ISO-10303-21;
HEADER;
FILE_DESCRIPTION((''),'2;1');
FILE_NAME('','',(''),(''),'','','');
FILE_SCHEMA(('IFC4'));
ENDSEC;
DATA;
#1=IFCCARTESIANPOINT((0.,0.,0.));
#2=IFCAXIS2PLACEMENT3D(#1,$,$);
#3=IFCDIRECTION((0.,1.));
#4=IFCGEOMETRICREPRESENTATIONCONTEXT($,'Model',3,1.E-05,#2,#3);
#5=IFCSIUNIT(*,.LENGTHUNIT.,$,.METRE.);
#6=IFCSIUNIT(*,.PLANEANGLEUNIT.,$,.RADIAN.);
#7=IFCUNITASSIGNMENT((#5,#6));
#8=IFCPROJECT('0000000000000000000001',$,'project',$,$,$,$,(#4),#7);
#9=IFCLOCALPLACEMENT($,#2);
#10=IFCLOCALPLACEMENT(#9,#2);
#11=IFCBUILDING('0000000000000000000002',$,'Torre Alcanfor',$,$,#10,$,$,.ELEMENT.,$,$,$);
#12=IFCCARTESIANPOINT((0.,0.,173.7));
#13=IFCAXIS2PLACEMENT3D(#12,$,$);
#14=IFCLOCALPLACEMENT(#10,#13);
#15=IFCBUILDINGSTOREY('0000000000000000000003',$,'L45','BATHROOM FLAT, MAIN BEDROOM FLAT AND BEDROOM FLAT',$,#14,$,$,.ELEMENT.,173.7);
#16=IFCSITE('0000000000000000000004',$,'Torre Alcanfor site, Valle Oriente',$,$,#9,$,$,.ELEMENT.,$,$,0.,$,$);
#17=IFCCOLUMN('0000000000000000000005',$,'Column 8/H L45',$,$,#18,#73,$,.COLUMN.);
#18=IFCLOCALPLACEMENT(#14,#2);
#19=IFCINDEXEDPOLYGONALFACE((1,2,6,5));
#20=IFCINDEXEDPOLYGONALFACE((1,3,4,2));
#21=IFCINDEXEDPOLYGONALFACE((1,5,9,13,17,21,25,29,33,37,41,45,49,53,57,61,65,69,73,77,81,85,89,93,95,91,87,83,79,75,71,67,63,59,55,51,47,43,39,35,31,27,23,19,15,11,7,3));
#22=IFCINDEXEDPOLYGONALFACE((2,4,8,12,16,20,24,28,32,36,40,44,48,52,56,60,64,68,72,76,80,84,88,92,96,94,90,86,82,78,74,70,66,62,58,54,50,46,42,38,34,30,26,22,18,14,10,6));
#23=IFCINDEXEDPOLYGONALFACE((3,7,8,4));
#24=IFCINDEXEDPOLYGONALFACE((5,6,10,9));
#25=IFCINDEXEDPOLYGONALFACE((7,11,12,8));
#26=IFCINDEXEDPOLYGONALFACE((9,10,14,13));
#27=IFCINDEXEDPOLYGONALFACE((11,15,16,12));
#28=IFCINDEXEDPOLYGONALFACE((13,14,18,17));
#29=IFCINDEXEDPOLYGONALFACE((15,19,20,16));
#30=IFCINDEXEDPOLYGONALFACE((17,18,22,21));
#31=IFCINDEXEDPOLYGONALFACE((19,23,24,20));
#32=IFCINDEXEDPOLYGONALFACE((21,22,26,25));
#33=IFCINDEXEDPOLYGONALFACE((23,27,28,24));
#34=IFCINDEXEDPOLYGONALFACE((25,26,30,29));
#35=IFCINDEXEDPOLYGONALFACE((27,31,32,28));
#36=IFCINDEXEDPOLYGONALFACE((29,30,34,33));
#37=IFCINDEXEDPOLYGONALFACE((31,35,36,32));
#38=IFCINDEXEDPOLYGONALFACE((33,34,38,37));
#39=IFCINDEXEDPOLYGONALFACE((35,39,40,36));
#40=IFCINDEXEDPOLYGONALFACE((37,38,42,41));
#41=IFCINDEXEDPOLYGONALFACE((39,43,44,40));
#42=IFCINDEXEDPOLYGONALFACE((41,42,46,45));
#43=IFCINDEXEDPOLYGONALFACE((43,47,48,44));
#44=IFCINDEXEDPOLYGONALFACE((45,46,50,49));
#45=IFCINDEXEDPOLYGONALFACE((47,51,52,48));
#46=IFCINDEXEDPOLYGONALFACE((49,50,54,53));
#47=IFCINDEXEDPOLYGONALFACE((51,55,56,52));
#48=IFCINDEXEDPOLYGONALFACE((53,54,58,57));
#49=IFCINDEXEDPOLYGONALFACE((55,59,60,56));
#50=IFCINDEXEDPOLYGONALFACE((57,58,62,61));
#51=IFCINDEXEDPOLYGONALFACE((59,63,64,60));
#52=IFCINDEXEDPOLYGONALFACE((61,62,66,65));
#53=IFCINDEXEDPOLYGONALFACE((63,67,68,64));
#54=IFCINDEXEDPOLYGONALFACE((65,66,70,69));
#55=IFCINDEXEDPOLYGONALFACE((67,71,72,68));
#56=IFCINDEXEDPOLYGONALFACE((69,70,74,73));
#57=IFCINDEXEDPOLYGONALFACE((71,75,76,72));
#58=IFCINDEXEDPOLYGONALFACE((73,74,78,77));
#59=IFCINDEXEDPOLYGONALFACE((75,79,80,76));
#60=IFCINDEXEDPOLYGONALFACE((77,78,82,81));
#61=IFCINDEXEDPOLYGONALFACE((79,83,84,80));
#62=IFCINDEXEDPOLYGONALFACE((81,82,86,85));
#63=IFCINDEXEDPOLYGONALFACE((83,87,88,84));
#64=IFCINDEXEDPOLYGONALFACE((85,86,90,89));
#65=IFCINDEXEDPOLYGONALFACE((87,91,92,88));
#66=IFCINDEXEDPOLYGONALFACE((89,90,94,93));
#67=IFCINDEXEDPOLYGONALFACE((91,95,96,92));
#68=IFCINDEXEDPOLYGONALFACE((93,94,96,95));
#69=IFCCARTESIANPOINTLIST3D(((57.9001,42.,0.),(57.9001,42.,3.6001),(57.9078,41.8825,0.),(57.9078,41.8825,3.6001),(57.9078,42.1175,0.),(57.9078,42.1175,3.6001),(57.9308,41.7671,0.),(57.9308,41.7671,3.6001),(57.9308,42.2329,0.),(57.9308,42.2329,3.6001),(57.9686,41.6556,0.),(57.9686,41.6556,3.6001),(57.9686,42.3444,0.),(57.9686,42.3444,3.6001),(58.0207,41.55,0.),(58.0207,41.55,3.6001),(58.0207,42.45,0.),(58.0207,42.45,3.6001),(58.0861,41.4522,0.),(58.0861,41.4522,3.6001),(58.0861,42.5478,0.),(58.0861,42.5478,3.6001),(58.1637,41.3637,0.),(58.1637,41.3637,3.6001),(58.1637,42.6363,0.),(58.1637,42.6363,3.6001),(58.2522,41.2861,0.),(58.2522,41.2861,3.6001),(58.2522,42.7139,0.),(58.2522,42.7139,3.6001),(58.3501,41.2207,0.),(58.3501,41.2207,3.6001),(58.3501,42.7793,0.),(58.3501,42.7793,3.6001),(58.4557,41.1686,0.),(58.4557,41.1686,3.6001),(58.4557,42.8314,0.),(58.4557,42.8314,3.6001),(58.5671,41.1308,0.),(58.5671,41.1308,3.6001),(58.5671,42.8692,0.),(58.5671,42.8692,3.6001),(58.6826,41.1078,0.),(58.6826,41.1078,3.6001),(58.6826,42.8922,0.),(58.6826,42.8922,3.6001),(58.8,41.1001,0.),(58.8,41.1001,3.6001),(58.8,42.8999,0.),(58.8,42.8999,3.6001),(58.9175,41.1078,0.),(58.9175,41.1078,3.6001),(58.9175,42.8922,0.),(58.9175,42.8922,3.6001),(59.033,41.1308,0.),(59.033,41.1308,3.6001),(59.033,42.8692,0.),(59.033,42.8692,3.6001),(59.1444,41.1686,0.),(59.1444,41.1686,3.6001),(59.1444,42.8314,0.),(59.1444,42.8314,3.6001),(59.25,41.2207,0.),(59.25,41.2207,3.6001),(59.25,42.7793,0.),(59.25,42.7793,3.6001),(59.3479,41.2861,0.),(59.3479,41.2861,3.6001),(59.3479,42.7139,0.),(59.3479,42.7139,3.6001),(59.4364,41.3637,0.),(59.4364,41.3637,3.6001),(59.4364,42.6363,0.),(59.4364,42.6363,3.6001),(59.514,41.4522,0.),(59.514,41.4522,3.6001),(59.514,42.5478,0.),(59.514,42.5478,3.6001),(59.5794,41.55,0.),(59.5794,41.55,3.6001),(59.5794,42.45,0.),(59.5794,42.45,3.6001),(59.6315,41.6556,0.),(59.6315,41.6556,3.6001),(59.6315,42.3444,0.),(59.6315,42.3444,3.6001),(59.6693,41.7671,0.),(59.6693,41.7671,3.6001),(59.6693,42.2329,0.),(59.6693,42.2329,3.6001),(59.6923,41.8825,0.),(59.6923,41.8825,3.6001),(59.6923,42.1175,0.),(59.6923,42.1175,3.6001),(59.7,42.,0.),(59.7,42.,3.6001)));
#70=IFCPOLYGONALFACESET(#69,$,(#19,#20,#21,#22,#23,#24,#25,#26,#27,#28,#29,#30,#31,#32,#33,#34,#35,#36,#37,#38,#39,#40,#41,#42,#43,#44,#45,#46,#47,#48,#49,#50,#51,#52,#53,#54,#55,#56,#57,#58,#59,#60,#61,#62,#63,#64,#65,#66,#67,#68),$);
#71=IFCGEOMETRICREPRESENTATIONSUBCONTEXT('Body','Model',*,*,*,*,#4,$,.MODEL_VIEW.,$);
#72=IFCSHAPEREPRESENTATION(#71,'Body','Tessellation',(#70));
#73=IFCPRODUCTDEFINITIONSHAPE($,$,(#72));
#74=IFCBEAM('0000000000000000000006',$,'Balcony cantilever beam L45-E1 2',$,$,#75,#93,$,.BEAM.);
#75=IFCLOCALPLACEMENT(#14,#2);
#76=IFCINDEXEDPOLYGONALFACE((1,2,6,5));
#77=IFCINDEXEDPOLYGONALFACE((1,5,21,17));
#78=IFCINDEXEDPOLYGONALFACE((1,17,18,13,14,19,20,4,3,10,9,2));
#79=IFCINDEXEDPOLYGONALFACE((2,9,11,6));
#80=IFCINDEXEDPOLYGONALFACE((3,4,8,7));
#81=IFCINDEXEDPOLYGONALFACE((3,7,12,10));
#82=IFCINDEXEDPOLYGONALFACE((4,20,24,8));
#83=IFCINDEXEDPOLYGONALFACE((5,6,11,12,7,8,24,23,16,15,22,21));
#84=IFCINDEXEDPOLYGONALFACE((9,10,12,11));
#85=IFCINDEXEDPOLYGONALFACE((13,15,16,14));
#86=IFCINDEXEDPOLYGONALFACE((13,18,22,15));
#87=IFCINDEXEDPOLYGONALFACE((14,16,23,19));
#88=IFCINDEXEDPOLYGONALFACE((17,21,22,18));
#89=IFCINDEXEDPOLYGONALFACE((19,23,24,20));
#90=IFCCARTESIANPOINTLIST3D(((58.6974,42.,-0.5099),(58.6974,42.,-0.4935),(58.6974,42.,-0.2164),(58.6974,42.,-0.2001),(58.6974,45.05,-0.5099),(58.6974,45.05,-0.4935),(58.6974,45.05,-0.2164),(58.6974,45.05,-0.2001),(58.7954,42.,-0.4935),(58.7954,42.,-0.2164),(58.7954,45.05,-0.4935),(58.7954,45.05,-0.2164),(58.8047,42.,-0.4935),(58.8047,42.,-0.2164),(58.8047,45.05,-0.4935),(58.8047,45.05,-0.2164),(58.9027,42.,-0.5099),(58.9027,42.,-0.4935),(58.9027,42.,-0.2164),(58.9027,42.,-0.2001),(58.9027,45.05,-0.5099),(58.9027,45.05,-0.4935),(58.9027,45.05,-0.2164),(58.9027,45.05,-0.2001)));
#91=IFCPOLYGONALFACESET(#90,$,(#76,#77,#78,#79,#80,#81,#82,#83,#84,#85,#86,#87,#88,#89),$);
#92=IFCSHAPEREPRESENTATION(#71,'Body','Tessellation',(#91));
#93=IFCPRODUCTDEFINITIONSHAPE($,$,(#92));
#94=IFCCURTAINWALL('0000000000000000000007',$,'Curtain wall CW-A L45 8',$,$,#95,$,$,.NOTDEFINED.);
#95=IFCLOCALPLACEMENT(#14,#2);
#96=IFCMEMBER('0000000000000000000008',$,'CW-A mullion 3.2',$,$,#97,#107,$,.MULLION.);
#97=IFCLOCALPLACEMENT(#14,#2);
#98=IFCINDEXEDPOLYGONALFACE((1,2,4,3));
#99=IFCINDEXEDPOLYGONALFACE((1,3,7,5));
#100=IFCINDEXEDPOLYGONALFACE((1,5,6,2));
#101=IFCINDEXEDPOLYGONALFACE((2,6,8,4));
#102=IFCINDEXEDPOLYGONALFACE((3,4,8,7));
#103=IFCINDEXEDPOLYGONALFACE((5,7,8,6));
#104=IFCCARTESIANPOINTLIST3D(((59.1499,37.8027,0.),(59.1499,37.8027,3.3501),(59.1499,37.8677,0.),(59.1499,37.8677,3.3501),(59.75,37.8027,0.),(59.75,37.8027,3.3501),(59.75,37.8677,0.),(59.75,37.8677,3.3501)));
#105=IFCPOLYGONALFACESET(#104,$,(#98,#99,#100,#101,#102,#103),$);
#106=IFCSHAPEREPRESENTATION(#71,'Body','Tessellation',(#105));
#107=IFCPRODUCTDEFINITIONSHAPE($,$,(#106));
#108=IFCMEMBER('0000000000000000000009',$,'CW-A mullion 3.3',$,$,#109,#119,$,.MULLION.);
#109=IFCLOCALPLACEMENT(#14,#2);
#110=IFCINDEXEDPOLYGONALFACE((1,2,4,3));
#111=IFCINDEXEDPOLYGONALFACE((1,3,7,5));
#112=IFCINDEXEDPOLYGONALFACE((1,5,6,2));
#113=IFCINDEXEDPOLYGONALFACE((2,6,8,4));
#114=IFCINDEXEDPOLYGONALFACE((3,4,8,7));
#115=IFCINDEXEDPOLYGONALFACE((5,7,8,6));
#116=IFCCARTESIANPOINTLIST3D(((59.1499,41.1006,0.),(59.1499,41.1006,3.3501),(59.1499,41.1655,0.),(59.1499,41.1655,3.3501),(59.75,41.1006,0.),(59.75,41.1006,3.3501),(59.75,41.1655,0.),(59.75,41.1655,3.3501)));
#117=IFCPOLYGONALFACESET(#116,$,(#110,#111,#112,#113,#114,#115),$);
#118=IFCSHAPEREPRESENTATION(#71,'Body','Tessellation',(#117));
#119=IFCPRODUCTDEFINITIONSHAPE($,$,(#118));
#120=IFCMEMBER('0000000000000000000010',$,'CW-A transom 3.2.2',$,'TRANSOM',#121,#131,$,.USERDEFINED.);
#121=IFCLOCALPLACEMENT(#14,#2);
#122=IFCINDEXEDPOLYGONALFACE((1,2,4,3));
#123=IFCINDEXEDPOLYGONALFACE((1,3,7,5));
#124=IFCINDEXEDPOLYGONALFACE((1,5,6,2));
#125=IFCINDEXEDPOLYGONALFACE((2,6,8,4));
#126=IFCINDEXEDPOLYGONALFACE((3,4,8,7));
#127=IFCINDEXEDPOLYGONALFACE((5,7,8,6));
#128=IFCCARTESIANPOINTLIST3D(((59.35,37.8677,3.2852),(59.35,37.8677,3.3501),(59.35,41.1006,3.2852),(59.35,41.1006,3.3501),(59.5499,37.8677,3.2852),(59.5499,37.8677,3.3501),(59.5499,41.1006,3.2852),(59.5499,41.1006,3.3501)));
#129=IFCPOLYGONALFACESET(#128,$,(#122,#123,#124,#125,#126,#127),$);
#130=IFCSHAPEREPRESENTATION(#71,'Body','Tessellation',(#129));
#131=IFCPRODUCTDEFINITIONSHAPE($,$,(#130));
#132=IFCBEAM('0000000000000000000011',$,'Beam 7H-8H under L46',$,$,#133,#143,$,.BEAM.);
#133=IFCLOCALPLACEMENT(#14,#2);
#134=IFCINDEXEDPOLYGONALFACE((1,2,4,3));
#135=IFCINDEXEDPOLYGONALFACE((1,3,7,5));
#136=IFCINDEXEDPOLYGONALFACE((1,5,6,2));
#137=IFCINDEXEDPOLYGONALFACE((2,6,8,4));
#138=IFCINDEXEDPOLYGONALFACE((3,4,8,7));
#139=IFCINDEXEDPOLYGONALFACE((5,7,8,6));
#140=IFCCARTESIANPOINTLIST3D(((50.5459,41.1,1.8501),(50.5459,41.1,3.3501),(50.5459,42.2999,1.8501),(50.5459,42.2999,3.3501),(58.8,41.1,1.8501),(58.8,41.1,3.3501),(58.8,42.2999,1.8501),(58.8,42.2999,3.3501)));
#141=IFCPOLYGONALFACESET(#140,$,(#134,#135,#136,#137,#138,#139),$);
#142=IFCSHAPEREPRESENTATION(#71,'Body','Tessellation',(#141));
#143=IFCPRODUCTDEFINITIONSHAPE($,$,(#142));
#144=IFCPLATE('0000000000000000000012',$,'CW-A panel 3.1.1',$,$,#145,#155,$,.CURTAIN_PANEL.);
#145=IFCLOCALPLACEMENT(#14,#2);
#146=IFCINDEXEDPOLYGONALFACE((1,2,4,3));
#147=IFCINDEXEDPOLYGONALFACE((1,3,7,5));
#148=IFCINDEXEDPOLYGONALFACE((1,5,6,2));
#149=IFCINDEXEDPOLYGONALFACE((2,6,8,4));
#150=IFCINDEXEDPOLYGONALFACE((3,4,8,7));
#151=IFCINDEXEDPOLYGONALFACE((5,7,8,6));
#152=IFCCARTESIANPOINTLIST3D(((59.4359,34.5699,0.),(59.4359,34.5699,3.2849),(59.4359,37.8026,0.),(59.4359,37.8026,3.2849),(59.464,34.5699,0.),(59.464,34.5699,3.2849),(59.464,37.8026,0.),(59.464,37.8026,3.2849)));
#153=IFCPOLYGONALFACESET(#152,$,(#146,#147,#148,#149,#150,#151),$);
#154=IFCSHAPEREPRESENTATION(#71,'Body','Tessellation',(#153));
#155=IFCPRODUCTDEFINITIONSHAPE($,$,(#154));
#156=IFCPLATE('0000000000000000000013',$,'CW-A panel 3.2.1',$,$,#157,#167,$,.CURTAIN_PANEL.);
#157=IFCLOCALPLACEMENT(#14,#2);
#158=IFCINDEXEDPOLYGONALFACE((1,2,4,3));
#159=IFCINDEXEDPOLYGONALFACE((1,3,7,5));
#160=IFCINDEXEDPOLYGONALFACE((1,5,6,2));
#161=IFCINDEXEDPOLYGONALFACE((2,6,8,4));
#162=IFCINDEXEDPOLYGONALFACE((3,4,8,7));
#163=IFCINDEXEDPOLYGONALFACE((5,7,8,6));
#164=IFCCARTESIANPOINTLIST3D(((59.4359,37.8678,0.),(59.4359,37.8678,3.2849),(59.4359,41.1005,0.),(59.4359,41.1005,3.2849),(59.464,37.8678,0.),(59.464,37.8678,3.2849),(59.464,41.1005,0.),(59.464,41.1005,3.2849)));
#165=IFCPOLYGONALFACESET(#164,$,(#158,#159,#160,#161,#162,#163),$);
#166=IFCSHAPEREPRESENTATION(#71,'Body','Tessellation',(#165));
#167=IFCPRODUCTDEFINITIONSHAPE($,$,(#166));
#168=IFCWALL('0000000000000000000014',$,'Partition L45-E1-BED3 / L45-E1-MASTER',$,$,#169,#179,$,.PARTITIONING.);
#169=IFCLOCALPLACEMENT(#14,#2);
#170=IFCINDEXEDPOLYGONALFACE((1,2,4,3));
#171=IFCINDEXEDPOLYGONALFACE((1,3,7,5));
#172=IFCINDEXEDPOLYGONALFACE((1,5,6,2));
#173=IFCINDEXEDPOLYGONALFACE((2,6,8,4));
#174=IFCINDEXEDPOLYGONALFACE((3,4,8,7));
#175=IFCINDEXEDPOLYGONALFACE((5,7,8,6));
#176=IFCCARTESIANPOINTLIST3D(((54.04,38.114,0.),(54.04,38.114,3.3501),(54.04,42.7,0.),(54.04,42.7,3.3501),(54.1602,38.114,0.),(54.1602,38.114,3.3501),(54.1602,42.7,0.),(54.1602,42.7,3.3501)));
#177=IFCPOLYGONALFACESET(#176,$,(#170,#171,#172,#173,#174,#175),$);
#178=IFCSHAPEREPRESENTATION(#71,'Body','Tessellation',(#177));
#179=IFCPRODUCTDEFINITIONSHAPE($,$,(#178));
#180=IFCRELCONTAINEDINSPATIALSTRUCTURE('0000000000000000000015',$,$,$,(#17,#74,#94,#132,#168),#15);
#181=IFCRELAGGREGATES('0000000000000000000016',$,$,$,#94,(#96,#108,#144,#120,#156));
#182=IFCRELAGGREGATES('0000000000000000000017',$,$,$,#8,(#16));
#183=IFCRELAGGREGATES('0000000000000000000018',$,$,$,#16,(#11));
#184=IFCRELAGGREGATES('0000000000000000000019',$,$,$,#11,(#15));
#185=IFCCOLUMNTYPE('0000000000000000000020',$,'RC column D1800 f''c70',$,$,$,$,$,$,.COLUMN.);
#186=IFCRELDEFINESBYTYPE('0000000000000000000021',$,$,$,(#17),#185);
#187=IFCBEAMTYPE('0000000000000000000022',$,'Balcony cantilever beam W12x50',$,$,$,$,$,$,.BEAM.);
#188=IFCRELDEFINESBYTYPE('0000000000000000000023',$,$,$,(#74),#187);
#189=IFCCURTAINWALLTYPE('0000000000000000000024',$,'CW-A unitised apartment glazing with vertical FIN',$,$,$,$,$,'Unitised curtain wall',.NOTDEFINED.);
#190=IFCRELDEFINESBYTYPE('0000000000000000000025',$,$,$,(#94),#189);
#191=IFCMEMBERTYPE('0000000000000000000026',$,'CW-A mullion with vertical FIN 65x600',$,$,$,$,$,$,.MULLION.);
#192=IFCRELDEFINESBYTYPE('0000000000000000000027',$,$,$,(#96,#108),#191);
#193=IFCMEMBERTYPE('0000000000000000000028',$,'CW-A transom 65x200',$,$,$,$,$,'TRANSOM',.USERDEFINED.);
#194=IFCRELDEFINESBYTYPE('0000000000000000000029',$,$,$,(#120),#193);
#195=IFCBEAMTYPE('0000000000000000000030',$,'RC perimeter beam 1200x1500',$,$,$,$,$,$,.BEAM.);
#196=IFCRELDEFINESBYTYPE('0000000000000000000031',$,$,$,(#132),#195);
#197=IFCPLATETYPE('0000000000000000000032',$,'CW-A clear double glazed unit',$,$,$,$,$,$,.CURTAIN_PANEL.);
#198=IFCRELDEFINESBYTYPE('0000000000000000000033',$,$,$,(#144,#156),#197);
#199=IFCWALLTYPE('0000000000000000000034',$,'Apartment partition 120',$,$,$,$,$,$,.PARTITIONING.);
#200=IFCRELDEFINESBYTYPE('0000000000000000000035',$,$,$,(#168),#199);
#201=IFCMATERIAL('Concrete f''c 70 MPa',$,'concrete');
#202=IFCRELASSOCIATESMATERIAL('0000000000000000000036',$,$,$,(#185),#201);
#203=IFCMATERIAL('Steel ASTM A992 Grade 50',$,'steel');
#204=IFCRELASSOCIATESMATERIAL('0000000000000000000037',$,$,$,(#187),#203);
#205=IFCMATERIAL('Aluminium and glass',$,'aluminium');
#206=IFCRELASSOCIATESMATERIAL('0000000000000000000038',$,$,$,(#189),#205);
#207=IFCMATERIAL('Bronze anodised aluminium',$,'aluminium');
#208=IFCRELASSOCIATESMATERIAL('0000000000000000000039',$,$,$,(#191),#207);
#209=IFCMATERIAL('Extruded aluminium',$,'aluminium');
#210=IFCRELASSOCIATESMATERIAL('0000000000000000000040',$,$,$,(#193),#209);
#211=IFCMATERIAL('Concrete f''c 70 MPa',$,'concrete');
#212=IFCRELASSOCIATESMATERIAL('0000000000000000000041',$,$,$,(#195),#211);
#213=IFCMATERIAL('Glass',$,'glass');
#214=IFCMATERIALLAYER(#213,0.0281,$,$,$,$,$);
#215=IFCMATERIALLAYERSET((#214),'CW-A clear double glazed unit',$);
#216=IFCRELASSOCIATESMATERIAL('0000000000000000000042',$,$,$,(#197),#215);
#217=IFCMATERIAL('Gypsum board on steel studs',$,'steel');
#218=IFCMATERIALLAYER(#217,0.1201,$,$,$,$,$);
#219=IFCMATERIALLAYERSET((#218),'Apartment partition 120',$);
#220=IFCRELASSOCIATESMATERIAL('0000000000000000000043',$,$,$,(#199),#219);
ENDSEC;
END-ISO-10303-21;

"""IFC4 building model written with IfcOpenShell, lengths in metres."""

from ifc_helpers import new_model, si_unit, direction, frame, frame_2d, origin, origin_2d, place, context, subcontext, project, spatial, rectangle, circle, i_section, extrude, material, layer, layer_set, material_profile, profile_set, type_object, element, aggregate, save


model = new_model("IFC4")

# Units and contexts
model_context = context("Model", 3, precision=1e-05, world=origin(), true_north=direction((0.0, 1.0)))
body_context = subcontext(model_context, "Body", "Model", "MODEL_VIEW")
ifc_project = project(units=[si_unit("LENGTHUNIT", "METRE"), si_unit("PLANEANGLEUNIT", "RADIAN")], contexts=[model_context])

# Site, building, storey
site_placement = place(None, origin())
site = spatial("IfcSite", under=ifc_project, at=site_placement, Name="Torre Alcanfor site, Valle Oriente", CompositionType="ELEMENT", RefElevation=0.0)
building_placement = place(site_placement, origin())
building = spatial("IfcBuilding", under=site, at=building_placement, Name="Torre Alcanfor", CompositionType="ELEMENT")
storey_placement = place(building_placement, frame((0.0, 0.0, 173.7)))
storey = spatial("IfcBuildingStorey", under=building, at=storey_placement, Name="L45", Description="BATHROOM FLAT, MAIN BEDROOM FLAT AND BEDROOM FLAT", CompositionType="ELEMENT", Elevation=173.7)

# Column
ifc_material_1 = material(Name="Concrete f'c 70 MPa", Category="concrete")
ifc_material_profile_1 = material_profile(ifc_material_1, circle(Radius=0.8999, at=origin_2d()), Name="D1800")
ifc_profile_set_1 = profile_set([ifc_material_profile_1], Name="Concrete f'c 70 MPa")
column_type = type_object("IfcColumnType", Name="RC column D1800 f'c70", PredefinedType="COLUMN", material=ifc_profile_set_1)
column_placement = place(storey_placement, frame((58.8, 42.0, 0.0), z_axis=(0.0, 0.0, 1.0), x_axis=(1.0, 0.0, 0.0)))
element("IfcColumn", 1, at=column_placement, inside=storey, type_object=column_type, Name="Column 8/H L45", PredefinedType="COLUMN", context=body_context, shape_type="SweptSolid", body=[
    extrude(circle(Radius=0.8999, at=origin_2d()), origin(), (0.0, 0.0, 1.0), 3.6001),
])

# Beam
ifc_material_2 = material(Name="Steel ASTM A992 Grade 50", Category="steel")
ifc_material_profile_2 = material_profile(ifc_material_2, i_section(OverallWidth=0.2053, OverallDepth=0.3098, WebThickness=0.0093, FlangeThickness=0.0164, at=origin_2d()), Name="W12x50")
ifc_profile_set_2 = profile_set([ifc_material_profile_2], Name="Steel ASTM A992 Grade 50")
beam_type_1 = type_object("IfcBeamType", Name="Balcony cantilever beam W12x50", PredefinedType="BEAM", material=ifc_profile_set_2)
beam_1_placement = place(storey_placement, frame((58.8, 42.0, -0.355), z_axis=(0.0, 1.0, 0.0), x_axis=(-1.0, 0.0, 0.0)))
element("IfcBeam", 2, at=beam_1_placement, inside=storey, type_object=beam_type_1, Name="Balcony cantilever beam L45-E1 2", PredefinedType="BEAM", context=body_context, shape_type="SweptSolid", body=[
    extrude(i_section(OverallWidth=0.2053, OverallDepth=0.3098, WebThickness=0.0093, FlangeThickness=0.0164, at=origin_2d()), origin(), (0.0, 0.0, 1.0), 3.05),
])

# Curtain wall, members
ifc_material_3 = material(Name="Aluminium and glass", Category="aluminium")
curtain_wall_type = type_object("IfcCurtainWallType", Name="CW-A unitised apartment glazing with vertical FIN", ElementType="Unitised curtain wall", PredefinedType="NOTDEFINED", material=ifc_material_3)
curtain_wall_placement = place(storey_placement, origin())
curtain_wall = element("IfcCurtainWall", 3, at=curtain_wall_placement, inside=storey, type_object=curtain_wall_type, Name="Curtain wall CW-A L45 8", PredefinedType="NOTDEFINED")
ifc_material_4 = material(Name="Bronze anodised aluminium", Category="aluminium")
ifc_material_profile_3 = material_profile(ifc_material_4, rectangle(XDim=0.6001, YDim=0.0649, at=origin_2d()), Name="CW-A mullion 65x600")
ifc_profile_set_3 = profile_set([ifc_material_profile_3], Name="Bronze anodised aluminium")
member_type_1 = type_object("IfcMemberType", Name="CW-A mullion with vertical FIN 65x600", PredefinedType="MULLION", material=ifc_profile_set_3)
member_1_placement = place(storey_placement, frame((59.45, 37.8352, 0.0), z_axis=(0.0, 0.0, 1.0), x_axis=(-1.0, 0.0, 0.0)))
member_1 = element("IfcMember", 4, at=member_1_placement, type_object=member_type_1, Name="CW-A mullion 3.2", PredefinedType="MULLION", context=body_context, shape_type="SweptSolid", body=[
    extrude(rectangle(XDim=0.6001, YDim=0.0649, at=origin_2d()), origin(), (0.0, 0.0, 1.0), 3.3501),
])
member_2_placement = place(storey_placement, frame((59.45, 41.1331, 0.0), z_axis=(0.0, 0.0, 1.0), x_axis=(-1.0, 0.0, 0.0)))
member_2 = element("IfcMember", 5, at=member_2_placement, type_object=member_type_1, Name="CW-A mullion 3.3", PredefinedType="MULLION", context=body_context, shape_type="SweptSolid", body=[
    extrude(rectangle(XDim=0.6001, YDim=0.0649, at=origin_2d()), origin(), (0.0, 0.0, 1.0), 3.3501),
])
ifc_material_5 = material(Name="Extruded aluminium", Category="aluminium")
ifc_material_profile_4 = material_profile(ifc_material_5, rectangle(XDim=0.2, YDim=0.0649, at=origin_2d()), Name="CW-A transom 200x65")
ifc_profile_set_4 = profile_set([ifc_material_profile_4], Name="Extruded aluminium")
member_type_2 = type_object("IfcMemberType", Name="CW-A transom 65x200", ElementType="TRANSOM", PredefinedType="USERDEFINED", material=ifc_profile_set_4)
member_3_placement = place(storey_placement, frame((59.45, 37.8677, 3.3176), z_axis=(0.0, 1.0, 0.0), x_axis=(-1.0, 0.0, 0.0)))
member_3 = element("IfcMember", 6, at=member_3_placement, type_object=member_type_2, Name="CW-A transom 3.2.2", ObjectType="TRANSOM", PredefinedType="USERDEFINED", context=body_context, shape_type="SweptSolid", body=[
    extrude(rectangle(XDim=0.2, YDim=0.0649, at=origin_2d()), origin(), (0.0, 0.0, 1.0), 3.2329),
])

# Beam
ifc_material_6 = material(Name="Concrete f'c 70 MPa", Category="concrete")
ifc_material_profile_5 = material_profile(ifc_material_6, rectangle(XDim=1.2, YDim=1.5, at=origin_2d()), Name="1200x1500")
ifc_profile_set_5 = profile_set([ifc_material_profile_5], Name="Concrete f'c 70 MPa")
beam_type_2 = type_object("IfcBeamType", Name="RC perimeter beam 1200x1500", PredefinedType="BEAM", material=ifc_profile_set_5)
beam_2_placement = place(storey_placement, frame((50.5459, 41.7, 2.6001), z_axis=(1.0, 0.0, 0.0), x_axis=(0.0, 1.0, 0.0)))
element("IfcBeam", 7, at=beam_2_placement, inside=storey, type_object=beam_type_2, Name="Beam 7H-8H under L46", PredefinedType="BEAM", context=body_context, shape_type="SweptSolid", body=[
    extrude(rectangle(XDim=1.2, YDim=1.5, at=origin_2d()), origin(), (0.0, 0.0, 1.0), 8.2542),
])

# Plates
ifc_material_7 = material(Name="Glass", Category="glass")
ifc_layer_1 = layer(ifc_material_7, 0.0281)
ifc_layer_set_1 = layer_set([ifc_layer_1], Name="CW-A clear double glazed unit")
plate_type = type_object("IfcPlateType", Name="CW-A clear double glazed unit", PredefinedType="CURTAIN_PANEL", material=ifc_layer_set_1)
plate_1_placement = place(storey_placement, frame((59.45, 36.1863, 0.0), z_axis=(0.0, 0.0, 1.0), x_axis=(0.0, 1.0, 0.0)))
plate_1 = element("IfcPlate", 8, at=plate_1_placement, type_object=plate_type, Name="CW-A panel 3.1.1", PredefinedType="CURTAIN_PANEL", context=body_context, shape_type="SweptSolid", body=[
    extrude(rectangle(XDim=3.2327, YDim=0.0281, at=origin_2d()), origin(), (0.0, 0.0, 1.0), 3.2849),
])
plate_2_placement = place(storey_placement, frame((59.45, 39.4841, 0.0), z_axis=(0.0, 0.0, 1.0), x_axis=(0.0, 1.0, 0.0)))
plate_2 = element("IfcPlate", 9, at=plate_2_placement, type_object=plate_type, Name="CW-A panel 3.2.1", PredefinedType="CURTAIN_PANEL", context=body_context, shape_type="SweptSolid", body=[
    extrude(rectangle(XDim=3.2327, YDim=0.0281, at=origin_2d()), origin(), (0.0, 0.0, 1.0), 3.2849),
])
aggregate(curtain_wall, [member_1, member_2, plate_1, member_3, plate_2])

# Wall
ifc_material_8 = material(Name="Gypsum board on steel studs", Category="steel")
ifc_layer_2 = layer(ifc_material_8, 0.1201)
ifc_layer_set_2 = layer_set([ifc_layer_2], Name="Apartment partition 120")
wall_type_1 = type_object("IfcWallType", Name="Apartment partition 120", PredefinedType="PARTITIONING", material=ifc_layer_set_2)
wall_1_placement = place(storey_placement, frame((54.1001, 38.114, 0.0), z_axis=(0.0, 0.0, 1.0), x_axis=(0.0, 1.0, 0.0)))
element("IfcWall", 10, at=wall_1_placement, inside=storey, type_object=wall_type_1, Name="Partition L45-E1-BED3 / L45-E1-MASTER", PredefinedType="PARTITIONING", context=body_context, shape_type="SweptSolid", body=[
    extrude(rectangle(XDim=4.5859, YDim=0.1201, at=frame_2d((2.293, 0.0))), origin(), (0.0, 0.0, 1.0), 3.3501),
])

save(model, "model.ifc")
